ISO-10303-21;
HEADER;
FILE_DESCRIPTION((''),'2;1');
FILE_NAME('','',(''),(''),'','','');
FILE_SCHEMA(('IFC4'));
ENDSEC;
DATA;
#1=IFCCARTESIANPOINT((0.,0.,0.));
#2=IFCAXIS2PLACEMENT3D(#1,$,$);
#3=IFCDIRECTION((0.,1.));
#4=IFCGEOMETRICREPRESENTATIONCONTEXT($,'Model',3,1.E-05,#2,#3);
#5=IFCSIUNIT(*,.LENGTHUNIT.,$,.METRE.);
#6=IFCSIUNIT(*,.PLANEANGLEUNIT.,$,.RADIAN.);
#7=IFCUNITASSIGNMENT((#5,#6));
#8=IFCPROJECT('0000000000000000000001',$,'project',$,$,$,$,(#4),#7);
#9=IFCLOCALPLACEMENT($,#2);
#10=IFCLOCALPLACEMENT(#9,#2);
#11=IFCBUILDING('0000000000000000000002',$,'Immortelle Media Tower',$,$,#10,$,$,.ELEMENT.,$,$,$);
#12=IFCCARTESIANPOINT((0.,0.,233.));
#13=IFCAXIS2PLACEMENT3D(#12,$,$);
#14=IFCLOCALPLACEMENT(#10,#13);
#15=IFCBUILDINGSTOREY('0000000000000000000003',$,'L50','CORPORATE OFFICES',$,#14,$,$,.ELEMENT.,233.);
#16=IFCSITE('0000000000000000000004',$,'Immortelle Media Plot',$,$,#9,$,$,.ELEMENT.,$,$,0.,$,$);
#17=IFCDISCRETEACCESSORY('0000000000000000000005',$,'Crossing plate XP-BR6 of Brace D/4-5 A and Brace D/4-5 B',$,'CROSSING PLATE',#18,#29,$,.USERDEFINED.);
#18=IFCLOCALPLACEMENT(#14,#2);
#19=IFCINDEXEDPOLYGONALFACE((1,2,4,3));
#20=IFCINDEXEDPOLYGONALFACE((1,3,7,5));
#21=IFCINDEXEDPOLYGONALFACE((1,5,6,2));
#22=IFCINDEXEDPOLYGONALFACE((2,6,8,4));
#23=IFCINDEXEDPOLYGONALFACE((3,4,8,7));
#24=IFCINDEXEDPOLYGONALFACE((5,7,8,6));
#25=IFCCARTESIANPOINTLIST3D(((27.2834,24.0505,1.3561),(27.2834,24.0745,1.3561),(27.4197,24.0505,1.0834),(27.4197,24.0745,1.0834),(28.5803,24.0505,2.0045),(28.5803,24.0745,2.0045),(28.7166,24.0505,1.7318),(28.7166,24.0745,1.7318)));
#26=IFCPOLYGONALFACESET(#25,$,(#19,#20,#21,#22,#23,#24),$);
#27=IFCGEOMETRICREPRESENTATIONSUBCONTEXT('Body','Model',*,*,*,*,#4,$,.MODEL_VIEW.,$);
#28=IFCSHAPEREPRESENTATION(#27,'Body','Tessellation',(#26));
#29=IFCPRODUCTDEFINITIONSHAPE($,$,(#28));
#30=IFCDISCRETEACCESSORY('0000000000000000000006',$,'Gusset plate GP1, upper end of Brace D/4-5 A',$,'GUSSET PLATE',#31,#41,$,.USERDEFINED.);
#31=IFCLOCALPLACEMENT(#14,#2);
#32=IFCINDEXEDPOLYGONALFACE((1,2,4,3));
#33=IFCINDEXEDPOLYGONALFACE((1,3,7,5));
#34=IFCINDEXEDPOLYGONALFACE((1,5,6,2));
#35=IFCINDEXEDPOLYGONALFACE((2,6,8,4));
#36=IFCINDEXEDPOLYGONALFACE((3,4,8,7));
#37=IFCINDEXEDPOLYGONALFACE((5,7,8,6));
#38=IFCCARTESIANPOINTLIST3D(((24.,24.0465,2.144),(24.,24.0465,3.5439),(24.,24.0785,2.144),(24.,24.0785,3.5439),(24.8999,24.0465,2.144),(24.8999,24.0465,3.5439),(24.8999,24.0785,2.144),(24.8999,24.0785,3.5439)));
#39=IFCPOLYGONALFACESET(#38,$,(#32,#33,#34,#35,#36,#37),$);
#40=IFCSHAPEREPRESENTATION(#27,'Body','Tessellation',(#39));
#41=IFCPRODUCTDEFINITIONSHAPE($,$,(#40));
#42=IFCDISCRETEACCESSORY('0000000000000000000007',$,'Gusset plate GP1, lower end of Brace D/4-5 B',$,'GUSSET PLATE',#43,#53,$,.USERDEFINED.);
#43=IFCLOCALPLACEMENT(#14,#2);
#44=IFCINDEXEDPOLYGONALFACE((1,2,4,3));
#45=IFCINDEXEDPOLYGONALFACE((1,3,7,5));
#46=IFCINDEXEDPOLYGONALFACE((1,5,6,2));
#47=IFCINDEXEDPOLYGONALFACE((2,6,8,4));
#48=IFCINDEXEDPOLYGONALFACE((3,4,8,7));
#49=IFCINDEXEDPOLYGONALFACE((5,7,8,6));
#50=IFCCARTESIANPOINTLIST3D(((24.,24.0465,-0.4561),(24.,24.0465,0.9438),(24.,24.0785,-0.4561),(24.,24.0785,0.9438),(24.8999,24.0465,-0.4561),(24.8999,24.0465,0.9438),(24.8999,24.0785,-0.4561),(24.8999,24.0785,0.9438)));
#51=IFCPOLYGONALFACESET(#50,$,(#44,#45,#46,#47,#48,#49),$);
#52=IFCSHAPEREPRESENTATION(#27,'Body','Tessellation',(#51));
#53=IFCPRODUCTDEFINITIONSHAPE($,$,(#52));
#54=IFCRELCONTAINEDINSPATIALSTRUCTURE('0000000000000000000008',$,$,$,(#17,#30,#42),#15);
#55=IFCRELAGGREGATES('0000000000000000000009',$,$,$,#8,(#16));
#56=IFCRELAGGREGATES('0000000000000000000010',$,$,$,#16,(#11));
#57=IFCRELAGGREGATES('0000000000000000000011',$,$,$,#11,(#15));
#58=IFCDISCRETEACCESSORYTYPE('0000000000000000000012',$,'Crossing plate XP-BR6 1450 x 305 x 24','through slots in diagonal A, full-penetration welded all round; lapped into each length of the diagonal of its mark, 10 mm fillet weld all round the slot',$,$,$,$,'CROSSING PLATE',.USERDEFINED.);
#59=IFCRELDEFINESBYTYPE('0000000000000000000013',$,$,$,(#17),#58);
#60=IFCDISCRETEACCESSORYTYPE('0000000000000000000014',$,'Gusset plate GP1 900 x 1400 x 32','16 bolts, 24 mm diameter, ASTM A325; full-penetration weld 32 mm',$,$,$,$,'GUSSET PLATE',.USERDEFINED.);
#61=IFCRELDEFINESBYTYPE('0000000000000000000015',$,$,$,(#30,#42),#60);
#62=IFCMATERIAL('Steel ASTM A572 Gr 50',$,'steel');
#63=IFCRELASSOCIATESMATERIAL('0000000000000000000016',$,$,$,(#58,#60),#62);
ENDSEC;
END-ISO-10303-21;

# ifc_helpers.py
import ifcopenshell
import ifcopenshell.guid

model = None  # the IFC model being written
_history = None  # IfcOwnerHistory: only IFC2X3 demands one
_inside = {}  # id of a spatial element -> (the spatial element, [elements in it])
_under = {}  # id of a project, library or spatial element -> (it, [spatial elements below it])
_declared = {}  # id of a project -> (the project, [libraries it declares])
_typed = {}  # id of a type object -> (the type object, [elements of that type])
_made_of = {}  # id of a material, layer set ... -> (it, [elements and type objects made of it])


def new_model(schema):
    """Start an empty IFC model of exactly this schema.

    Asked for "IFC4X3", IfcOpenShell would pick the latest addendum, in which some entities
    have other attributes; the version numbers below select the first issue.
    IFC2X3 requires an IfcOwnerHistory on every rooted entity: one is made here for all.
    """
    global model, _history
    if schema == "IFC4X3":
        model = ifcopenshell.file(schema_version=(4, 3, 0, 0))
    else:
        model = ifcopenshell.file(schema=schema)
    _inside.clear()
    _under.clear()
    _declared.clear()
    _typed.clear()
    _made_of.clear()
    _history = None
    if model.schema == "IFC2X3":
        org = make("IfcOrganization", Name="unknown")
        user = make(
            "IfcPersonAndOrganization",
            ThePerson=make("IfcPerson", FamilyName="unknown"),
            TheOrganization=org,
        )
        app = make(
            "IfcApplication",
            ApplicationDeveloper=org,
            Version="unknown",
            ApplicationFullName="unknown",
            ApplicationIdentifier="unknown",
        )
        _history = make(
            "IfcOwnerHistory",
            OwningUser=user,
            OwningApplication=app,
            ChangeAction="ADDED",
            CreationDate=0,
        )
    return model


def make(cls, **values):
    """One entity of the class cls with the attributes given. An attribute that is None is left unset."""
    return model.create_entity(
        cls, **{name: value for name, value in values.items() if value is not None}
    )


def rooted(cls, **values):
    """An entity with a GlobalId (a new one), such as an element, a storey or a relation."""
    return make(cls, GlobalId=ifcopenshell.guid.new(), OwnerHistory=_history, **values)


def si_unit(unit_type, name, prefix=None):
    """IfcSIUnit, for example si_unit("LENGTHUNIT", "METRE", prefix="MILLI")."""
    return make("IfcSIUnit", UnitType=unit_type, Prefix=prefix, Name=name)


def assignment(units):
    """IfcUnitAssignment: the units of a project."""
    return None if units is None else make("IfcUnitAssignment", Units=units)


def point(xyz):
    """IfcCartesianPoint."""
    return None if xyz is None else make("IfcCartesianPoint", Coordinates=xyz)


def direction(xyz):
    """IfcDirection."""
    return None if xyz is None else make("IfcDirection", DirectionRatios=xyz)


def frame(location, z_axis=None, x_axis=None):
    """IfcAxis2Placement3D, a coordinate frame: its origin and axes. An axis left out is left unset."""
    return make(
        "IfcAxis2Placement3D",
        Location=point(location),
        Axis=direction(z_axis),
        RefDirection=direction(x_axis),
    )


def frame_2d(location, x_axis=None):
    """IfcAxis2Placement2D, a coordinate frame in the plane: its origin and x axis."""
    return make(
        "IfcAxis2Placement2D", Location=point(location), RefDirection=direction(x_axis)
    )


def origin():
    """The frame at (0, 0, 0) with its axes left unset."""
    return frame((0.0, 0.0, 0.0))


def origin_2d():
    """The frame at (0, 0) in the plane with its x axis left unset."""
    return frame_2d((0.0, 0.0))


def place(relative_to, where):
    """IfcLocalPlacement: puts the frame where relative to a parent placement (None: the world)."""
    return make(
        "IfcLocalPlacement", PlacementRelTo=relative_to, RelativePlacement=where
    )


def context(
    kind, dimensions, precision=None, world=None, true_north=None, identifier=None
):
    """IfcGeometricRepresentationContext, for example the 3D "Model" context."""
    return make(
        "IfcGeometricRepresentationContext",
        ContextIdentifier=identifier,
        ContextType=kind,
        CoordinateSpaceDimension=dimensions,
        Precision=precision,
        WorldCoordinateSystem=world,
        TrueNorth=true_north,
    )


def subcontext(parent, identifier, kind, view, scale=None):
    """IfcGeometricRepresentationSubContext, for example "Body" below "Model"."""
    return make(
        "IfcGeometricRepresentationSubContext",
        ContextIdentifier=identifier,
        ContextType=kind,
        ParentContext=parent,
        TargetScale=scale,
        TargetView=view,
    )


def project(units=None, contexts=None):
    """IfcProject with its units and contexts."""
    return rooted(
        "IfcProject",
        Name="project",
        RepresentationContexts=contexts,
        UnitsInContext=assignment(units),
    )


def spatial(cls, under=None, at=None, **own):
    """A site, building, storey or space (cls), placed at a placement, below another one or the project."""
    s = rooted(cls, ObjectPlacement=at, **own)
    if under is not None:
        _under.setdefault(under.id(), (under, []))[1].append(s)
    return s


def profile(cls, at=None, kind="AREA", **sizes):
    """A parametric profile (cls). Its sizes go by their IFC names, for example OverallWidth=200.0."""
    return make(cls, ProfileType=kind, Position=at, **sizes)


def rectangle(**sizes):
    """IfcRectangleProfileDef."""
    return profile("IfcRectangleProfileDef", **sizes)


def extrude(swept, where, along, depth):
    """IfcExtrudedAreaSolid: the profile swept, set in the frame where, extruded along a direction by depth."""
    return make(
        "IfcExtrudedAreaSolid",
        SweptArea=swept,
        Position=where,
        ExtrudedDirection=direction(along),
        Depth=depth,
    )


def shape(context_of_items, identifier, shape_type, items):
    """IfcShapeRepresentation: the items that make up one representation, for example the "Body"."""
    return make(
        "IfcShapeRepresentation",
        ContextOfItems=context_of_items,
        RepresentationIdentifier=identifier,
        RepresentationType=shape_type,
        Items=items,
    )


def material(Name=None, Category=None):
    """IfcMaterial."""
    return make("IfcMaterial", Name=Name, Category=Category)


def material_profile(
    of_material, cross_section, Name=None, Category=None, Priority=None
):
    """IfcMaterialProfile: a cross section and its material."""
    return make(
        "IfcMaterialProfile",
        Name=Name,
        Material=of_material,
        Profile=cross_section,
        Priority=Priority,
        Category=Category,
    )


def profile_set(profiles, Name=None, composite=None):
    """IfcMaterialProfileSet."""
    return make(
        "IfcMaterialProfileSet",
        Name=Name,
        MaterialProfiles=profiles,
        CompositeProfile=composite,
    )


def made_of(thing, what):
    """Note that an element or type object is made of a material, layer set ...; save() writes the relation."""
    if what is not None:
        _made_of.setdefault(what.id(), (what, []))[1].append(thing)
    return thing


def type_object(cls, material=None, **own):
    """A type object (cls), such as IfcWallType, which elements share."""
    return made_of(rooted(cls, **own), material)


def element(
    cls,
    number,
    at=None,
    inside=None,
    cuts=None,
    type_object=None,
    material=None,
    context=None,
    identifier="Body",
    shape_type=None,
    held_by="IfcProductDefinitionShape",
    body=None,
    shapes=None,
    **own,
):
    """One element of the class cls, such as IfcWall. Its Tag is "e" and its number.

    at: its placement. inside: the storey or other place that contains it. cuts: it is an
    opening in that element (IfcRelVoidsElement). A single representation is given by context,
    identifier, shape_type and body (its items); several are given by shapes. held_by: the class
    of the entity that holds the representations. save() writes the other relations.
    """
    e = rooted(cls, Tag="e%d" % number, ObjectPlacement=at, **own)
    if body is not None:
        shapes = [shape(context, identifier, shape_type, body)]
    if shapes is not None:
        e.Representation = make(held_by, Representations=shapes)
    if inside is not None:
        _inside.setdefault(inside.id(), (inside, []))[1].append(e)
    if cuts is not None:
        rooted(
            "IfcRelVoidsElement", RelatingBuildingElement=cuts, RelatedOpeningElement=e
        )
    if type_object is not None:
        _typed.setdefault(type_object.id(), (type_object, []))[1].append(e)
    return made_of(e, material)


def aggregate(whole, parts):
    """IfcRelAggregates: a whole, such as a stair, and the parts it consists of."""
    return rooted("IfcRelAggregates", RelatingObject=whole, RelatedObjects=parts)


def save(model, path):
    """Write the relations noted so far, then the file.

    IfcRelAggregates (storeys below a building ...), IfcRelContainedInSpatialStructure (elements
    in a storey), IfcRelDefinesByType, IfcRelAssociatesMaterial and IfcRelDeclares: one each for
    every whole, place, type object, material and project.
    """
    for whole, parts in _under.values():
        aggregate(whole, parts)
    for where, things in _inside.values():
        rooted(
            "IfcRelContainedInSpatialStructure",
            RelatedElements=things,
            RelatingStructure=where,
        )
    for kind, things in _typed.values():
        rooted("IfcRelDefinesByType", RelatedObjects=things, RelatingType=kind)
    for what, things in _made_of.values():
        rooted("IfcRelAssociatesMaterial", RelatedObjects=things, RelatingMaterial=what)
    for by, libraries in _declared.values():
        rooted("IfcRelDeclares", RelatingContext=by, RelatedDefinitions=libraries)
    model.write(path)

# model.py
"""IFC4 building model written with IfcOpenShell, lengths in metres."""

from ifc_helpers import new_model, si_unit, direction, frame, origin, origin_2d, place, context, subcontext, project, spatial, rectangle, extrude, material, material_profile, profile_set, type_object, element, save


model = new_model("IFC4")

# Units and contexts
model_context = context("Model", 3, precision=1e-05, world=origin(), true_north=direction((0.0, 1.0)))
body_context = subcontext(model_context, "Body", "Model", "MODEL_VIEW")
ifc_project = project(units=[si_unit("LENGTHUNIT", "METRE"), si_unit("PLANEANGLEUNIT", "RADIAN")], contexts=[model_context])

# Site, building, storey
site_placement = place(None, origin())
site = spatial("IfcSite", under=ifc_project, at=site_placement, Name="Immortelle Media Plot", CompositionType="ELEMENT", RefElevation=0.0)
building_placement = place(site_placement, origin())
building = spatial("IfcBuilding", under=site, at=building_placement, Name="Immortelle Media Tower", CompositionType="ELEMENT")
storey_placement = place(building_placement, frame((0.0, 0.0, 233.0)))
storey = spatial("IfcBuildingStorey", under=building, at=storey_placement, Name="L50", Description="CORPORATE OFFICES", CompositionType="ELEMENT", Elevation=233.0)

# Discrete accessories
ifc_material_1 = material(Name="Steel ASTM A572 Gr 50", Category="steel")
ifc_material_profile_1 = material_profile(ifc_material_1, rectangle(XDim=0.0239, YDim=0.3049, at=origin_2d()), Name="PL 24 x 305")
ifc_profile_set_1 = profile_set([ifc_material_profile_1], Name="Steel ASTM A572 Gr 50")
discrete_accessory_type_1 = type_object("IfcDiscreteAccessoryType", Name="Crossing plate XP-BR6 1450 x 305 x 24", Description="through slots in diagonal A, full-penetration welded all round; lapped into each length of the diagonal of its mark, 10 mm fillet weld all round the slot", ElementType="CROSSING PLATE", PredefinedType="USERDEFINED", material=ifc_profile_set_1)
discrete_accessory_placement = place(storey_placement, frame((28.6484, 24.0625, 1.8682), z_axis=(-0.894427, 0.0, -0.447214), x_axis=(0.0, -1.0, 0.0)))
element("IfcDiscreteAccessory", 1, at=discrete_accessory_placement, inside=storey, type_object=discrete_accessory_type_1, Name="Crossing plate XP-BR6 of Brace D/4-5 A and Brace D/4-5 B", ObjectType="CROSSING PLATE", PredefinedType="USERDEFINED", context=body_context, shape_type="SweptSolid", body=[
    extrude(rectangle(XDim=0.0239, YDim=0.3049, at=origin_2d()), origin(), (0.0, 0.0, 1.0), 1.45),
])
ifc_material_profile_2 = material_profile(ifc_material_1, rectangle(XDim=0.032, YDim=1.3999, at=origin_2d()), Name="PL 32 x 1400")
ifc_profile_set_2 = profile_set([ifc_material_profile_2], Name="Steel ASTM A572 Gr 50")
discrete_accessory_type_2 = type_object("IfcDiscreteAccessoryType", Name="Gusset plate GP1 900 x 1400 x 32", Description="16 bolts, 24 mm diameter, ASTM A325; full-penetration weld 32 mm", ElementType="GUSSET PLATE", PredefinedType="USERDEFINED", material=ifc_profile_set_2)
for number, where, z_axis, x_axis, name in (
    (2, (24.0, 24.0625, 2.844), (1.0, 0.0, 0.0), (0.0, 1.0, 0.0), "Gusset plate GP1, upper end of Brace D/4-5 A"),
    (3, (24.0, 24.0625, 0.2439), (1.0, 0.0, 0.0), (0.0, 1.0, 0.0), "Gusset plate GP1, lower end of Brace D/4-5 B"),
):
    element("IfcDiscreteAccessory", number, at=place(storey_placement, frame(where, z_axis=z_axis, x_axis=x_axis)), inside=storey, type_object=discrete_accessory_type_2, Name=name, ObjectType="GUSSET PLATE", PredefinedType="USERDEFINED", context=body_context, shape_type="SweptSolid", body=[
        extrude(rectangle(XDim=0.032, YDim=1.3999, at=origin_2d()), origin(), (0.0, 0.0, 1.0), 0.8999),
    ])

save(model, "model.ifc")
